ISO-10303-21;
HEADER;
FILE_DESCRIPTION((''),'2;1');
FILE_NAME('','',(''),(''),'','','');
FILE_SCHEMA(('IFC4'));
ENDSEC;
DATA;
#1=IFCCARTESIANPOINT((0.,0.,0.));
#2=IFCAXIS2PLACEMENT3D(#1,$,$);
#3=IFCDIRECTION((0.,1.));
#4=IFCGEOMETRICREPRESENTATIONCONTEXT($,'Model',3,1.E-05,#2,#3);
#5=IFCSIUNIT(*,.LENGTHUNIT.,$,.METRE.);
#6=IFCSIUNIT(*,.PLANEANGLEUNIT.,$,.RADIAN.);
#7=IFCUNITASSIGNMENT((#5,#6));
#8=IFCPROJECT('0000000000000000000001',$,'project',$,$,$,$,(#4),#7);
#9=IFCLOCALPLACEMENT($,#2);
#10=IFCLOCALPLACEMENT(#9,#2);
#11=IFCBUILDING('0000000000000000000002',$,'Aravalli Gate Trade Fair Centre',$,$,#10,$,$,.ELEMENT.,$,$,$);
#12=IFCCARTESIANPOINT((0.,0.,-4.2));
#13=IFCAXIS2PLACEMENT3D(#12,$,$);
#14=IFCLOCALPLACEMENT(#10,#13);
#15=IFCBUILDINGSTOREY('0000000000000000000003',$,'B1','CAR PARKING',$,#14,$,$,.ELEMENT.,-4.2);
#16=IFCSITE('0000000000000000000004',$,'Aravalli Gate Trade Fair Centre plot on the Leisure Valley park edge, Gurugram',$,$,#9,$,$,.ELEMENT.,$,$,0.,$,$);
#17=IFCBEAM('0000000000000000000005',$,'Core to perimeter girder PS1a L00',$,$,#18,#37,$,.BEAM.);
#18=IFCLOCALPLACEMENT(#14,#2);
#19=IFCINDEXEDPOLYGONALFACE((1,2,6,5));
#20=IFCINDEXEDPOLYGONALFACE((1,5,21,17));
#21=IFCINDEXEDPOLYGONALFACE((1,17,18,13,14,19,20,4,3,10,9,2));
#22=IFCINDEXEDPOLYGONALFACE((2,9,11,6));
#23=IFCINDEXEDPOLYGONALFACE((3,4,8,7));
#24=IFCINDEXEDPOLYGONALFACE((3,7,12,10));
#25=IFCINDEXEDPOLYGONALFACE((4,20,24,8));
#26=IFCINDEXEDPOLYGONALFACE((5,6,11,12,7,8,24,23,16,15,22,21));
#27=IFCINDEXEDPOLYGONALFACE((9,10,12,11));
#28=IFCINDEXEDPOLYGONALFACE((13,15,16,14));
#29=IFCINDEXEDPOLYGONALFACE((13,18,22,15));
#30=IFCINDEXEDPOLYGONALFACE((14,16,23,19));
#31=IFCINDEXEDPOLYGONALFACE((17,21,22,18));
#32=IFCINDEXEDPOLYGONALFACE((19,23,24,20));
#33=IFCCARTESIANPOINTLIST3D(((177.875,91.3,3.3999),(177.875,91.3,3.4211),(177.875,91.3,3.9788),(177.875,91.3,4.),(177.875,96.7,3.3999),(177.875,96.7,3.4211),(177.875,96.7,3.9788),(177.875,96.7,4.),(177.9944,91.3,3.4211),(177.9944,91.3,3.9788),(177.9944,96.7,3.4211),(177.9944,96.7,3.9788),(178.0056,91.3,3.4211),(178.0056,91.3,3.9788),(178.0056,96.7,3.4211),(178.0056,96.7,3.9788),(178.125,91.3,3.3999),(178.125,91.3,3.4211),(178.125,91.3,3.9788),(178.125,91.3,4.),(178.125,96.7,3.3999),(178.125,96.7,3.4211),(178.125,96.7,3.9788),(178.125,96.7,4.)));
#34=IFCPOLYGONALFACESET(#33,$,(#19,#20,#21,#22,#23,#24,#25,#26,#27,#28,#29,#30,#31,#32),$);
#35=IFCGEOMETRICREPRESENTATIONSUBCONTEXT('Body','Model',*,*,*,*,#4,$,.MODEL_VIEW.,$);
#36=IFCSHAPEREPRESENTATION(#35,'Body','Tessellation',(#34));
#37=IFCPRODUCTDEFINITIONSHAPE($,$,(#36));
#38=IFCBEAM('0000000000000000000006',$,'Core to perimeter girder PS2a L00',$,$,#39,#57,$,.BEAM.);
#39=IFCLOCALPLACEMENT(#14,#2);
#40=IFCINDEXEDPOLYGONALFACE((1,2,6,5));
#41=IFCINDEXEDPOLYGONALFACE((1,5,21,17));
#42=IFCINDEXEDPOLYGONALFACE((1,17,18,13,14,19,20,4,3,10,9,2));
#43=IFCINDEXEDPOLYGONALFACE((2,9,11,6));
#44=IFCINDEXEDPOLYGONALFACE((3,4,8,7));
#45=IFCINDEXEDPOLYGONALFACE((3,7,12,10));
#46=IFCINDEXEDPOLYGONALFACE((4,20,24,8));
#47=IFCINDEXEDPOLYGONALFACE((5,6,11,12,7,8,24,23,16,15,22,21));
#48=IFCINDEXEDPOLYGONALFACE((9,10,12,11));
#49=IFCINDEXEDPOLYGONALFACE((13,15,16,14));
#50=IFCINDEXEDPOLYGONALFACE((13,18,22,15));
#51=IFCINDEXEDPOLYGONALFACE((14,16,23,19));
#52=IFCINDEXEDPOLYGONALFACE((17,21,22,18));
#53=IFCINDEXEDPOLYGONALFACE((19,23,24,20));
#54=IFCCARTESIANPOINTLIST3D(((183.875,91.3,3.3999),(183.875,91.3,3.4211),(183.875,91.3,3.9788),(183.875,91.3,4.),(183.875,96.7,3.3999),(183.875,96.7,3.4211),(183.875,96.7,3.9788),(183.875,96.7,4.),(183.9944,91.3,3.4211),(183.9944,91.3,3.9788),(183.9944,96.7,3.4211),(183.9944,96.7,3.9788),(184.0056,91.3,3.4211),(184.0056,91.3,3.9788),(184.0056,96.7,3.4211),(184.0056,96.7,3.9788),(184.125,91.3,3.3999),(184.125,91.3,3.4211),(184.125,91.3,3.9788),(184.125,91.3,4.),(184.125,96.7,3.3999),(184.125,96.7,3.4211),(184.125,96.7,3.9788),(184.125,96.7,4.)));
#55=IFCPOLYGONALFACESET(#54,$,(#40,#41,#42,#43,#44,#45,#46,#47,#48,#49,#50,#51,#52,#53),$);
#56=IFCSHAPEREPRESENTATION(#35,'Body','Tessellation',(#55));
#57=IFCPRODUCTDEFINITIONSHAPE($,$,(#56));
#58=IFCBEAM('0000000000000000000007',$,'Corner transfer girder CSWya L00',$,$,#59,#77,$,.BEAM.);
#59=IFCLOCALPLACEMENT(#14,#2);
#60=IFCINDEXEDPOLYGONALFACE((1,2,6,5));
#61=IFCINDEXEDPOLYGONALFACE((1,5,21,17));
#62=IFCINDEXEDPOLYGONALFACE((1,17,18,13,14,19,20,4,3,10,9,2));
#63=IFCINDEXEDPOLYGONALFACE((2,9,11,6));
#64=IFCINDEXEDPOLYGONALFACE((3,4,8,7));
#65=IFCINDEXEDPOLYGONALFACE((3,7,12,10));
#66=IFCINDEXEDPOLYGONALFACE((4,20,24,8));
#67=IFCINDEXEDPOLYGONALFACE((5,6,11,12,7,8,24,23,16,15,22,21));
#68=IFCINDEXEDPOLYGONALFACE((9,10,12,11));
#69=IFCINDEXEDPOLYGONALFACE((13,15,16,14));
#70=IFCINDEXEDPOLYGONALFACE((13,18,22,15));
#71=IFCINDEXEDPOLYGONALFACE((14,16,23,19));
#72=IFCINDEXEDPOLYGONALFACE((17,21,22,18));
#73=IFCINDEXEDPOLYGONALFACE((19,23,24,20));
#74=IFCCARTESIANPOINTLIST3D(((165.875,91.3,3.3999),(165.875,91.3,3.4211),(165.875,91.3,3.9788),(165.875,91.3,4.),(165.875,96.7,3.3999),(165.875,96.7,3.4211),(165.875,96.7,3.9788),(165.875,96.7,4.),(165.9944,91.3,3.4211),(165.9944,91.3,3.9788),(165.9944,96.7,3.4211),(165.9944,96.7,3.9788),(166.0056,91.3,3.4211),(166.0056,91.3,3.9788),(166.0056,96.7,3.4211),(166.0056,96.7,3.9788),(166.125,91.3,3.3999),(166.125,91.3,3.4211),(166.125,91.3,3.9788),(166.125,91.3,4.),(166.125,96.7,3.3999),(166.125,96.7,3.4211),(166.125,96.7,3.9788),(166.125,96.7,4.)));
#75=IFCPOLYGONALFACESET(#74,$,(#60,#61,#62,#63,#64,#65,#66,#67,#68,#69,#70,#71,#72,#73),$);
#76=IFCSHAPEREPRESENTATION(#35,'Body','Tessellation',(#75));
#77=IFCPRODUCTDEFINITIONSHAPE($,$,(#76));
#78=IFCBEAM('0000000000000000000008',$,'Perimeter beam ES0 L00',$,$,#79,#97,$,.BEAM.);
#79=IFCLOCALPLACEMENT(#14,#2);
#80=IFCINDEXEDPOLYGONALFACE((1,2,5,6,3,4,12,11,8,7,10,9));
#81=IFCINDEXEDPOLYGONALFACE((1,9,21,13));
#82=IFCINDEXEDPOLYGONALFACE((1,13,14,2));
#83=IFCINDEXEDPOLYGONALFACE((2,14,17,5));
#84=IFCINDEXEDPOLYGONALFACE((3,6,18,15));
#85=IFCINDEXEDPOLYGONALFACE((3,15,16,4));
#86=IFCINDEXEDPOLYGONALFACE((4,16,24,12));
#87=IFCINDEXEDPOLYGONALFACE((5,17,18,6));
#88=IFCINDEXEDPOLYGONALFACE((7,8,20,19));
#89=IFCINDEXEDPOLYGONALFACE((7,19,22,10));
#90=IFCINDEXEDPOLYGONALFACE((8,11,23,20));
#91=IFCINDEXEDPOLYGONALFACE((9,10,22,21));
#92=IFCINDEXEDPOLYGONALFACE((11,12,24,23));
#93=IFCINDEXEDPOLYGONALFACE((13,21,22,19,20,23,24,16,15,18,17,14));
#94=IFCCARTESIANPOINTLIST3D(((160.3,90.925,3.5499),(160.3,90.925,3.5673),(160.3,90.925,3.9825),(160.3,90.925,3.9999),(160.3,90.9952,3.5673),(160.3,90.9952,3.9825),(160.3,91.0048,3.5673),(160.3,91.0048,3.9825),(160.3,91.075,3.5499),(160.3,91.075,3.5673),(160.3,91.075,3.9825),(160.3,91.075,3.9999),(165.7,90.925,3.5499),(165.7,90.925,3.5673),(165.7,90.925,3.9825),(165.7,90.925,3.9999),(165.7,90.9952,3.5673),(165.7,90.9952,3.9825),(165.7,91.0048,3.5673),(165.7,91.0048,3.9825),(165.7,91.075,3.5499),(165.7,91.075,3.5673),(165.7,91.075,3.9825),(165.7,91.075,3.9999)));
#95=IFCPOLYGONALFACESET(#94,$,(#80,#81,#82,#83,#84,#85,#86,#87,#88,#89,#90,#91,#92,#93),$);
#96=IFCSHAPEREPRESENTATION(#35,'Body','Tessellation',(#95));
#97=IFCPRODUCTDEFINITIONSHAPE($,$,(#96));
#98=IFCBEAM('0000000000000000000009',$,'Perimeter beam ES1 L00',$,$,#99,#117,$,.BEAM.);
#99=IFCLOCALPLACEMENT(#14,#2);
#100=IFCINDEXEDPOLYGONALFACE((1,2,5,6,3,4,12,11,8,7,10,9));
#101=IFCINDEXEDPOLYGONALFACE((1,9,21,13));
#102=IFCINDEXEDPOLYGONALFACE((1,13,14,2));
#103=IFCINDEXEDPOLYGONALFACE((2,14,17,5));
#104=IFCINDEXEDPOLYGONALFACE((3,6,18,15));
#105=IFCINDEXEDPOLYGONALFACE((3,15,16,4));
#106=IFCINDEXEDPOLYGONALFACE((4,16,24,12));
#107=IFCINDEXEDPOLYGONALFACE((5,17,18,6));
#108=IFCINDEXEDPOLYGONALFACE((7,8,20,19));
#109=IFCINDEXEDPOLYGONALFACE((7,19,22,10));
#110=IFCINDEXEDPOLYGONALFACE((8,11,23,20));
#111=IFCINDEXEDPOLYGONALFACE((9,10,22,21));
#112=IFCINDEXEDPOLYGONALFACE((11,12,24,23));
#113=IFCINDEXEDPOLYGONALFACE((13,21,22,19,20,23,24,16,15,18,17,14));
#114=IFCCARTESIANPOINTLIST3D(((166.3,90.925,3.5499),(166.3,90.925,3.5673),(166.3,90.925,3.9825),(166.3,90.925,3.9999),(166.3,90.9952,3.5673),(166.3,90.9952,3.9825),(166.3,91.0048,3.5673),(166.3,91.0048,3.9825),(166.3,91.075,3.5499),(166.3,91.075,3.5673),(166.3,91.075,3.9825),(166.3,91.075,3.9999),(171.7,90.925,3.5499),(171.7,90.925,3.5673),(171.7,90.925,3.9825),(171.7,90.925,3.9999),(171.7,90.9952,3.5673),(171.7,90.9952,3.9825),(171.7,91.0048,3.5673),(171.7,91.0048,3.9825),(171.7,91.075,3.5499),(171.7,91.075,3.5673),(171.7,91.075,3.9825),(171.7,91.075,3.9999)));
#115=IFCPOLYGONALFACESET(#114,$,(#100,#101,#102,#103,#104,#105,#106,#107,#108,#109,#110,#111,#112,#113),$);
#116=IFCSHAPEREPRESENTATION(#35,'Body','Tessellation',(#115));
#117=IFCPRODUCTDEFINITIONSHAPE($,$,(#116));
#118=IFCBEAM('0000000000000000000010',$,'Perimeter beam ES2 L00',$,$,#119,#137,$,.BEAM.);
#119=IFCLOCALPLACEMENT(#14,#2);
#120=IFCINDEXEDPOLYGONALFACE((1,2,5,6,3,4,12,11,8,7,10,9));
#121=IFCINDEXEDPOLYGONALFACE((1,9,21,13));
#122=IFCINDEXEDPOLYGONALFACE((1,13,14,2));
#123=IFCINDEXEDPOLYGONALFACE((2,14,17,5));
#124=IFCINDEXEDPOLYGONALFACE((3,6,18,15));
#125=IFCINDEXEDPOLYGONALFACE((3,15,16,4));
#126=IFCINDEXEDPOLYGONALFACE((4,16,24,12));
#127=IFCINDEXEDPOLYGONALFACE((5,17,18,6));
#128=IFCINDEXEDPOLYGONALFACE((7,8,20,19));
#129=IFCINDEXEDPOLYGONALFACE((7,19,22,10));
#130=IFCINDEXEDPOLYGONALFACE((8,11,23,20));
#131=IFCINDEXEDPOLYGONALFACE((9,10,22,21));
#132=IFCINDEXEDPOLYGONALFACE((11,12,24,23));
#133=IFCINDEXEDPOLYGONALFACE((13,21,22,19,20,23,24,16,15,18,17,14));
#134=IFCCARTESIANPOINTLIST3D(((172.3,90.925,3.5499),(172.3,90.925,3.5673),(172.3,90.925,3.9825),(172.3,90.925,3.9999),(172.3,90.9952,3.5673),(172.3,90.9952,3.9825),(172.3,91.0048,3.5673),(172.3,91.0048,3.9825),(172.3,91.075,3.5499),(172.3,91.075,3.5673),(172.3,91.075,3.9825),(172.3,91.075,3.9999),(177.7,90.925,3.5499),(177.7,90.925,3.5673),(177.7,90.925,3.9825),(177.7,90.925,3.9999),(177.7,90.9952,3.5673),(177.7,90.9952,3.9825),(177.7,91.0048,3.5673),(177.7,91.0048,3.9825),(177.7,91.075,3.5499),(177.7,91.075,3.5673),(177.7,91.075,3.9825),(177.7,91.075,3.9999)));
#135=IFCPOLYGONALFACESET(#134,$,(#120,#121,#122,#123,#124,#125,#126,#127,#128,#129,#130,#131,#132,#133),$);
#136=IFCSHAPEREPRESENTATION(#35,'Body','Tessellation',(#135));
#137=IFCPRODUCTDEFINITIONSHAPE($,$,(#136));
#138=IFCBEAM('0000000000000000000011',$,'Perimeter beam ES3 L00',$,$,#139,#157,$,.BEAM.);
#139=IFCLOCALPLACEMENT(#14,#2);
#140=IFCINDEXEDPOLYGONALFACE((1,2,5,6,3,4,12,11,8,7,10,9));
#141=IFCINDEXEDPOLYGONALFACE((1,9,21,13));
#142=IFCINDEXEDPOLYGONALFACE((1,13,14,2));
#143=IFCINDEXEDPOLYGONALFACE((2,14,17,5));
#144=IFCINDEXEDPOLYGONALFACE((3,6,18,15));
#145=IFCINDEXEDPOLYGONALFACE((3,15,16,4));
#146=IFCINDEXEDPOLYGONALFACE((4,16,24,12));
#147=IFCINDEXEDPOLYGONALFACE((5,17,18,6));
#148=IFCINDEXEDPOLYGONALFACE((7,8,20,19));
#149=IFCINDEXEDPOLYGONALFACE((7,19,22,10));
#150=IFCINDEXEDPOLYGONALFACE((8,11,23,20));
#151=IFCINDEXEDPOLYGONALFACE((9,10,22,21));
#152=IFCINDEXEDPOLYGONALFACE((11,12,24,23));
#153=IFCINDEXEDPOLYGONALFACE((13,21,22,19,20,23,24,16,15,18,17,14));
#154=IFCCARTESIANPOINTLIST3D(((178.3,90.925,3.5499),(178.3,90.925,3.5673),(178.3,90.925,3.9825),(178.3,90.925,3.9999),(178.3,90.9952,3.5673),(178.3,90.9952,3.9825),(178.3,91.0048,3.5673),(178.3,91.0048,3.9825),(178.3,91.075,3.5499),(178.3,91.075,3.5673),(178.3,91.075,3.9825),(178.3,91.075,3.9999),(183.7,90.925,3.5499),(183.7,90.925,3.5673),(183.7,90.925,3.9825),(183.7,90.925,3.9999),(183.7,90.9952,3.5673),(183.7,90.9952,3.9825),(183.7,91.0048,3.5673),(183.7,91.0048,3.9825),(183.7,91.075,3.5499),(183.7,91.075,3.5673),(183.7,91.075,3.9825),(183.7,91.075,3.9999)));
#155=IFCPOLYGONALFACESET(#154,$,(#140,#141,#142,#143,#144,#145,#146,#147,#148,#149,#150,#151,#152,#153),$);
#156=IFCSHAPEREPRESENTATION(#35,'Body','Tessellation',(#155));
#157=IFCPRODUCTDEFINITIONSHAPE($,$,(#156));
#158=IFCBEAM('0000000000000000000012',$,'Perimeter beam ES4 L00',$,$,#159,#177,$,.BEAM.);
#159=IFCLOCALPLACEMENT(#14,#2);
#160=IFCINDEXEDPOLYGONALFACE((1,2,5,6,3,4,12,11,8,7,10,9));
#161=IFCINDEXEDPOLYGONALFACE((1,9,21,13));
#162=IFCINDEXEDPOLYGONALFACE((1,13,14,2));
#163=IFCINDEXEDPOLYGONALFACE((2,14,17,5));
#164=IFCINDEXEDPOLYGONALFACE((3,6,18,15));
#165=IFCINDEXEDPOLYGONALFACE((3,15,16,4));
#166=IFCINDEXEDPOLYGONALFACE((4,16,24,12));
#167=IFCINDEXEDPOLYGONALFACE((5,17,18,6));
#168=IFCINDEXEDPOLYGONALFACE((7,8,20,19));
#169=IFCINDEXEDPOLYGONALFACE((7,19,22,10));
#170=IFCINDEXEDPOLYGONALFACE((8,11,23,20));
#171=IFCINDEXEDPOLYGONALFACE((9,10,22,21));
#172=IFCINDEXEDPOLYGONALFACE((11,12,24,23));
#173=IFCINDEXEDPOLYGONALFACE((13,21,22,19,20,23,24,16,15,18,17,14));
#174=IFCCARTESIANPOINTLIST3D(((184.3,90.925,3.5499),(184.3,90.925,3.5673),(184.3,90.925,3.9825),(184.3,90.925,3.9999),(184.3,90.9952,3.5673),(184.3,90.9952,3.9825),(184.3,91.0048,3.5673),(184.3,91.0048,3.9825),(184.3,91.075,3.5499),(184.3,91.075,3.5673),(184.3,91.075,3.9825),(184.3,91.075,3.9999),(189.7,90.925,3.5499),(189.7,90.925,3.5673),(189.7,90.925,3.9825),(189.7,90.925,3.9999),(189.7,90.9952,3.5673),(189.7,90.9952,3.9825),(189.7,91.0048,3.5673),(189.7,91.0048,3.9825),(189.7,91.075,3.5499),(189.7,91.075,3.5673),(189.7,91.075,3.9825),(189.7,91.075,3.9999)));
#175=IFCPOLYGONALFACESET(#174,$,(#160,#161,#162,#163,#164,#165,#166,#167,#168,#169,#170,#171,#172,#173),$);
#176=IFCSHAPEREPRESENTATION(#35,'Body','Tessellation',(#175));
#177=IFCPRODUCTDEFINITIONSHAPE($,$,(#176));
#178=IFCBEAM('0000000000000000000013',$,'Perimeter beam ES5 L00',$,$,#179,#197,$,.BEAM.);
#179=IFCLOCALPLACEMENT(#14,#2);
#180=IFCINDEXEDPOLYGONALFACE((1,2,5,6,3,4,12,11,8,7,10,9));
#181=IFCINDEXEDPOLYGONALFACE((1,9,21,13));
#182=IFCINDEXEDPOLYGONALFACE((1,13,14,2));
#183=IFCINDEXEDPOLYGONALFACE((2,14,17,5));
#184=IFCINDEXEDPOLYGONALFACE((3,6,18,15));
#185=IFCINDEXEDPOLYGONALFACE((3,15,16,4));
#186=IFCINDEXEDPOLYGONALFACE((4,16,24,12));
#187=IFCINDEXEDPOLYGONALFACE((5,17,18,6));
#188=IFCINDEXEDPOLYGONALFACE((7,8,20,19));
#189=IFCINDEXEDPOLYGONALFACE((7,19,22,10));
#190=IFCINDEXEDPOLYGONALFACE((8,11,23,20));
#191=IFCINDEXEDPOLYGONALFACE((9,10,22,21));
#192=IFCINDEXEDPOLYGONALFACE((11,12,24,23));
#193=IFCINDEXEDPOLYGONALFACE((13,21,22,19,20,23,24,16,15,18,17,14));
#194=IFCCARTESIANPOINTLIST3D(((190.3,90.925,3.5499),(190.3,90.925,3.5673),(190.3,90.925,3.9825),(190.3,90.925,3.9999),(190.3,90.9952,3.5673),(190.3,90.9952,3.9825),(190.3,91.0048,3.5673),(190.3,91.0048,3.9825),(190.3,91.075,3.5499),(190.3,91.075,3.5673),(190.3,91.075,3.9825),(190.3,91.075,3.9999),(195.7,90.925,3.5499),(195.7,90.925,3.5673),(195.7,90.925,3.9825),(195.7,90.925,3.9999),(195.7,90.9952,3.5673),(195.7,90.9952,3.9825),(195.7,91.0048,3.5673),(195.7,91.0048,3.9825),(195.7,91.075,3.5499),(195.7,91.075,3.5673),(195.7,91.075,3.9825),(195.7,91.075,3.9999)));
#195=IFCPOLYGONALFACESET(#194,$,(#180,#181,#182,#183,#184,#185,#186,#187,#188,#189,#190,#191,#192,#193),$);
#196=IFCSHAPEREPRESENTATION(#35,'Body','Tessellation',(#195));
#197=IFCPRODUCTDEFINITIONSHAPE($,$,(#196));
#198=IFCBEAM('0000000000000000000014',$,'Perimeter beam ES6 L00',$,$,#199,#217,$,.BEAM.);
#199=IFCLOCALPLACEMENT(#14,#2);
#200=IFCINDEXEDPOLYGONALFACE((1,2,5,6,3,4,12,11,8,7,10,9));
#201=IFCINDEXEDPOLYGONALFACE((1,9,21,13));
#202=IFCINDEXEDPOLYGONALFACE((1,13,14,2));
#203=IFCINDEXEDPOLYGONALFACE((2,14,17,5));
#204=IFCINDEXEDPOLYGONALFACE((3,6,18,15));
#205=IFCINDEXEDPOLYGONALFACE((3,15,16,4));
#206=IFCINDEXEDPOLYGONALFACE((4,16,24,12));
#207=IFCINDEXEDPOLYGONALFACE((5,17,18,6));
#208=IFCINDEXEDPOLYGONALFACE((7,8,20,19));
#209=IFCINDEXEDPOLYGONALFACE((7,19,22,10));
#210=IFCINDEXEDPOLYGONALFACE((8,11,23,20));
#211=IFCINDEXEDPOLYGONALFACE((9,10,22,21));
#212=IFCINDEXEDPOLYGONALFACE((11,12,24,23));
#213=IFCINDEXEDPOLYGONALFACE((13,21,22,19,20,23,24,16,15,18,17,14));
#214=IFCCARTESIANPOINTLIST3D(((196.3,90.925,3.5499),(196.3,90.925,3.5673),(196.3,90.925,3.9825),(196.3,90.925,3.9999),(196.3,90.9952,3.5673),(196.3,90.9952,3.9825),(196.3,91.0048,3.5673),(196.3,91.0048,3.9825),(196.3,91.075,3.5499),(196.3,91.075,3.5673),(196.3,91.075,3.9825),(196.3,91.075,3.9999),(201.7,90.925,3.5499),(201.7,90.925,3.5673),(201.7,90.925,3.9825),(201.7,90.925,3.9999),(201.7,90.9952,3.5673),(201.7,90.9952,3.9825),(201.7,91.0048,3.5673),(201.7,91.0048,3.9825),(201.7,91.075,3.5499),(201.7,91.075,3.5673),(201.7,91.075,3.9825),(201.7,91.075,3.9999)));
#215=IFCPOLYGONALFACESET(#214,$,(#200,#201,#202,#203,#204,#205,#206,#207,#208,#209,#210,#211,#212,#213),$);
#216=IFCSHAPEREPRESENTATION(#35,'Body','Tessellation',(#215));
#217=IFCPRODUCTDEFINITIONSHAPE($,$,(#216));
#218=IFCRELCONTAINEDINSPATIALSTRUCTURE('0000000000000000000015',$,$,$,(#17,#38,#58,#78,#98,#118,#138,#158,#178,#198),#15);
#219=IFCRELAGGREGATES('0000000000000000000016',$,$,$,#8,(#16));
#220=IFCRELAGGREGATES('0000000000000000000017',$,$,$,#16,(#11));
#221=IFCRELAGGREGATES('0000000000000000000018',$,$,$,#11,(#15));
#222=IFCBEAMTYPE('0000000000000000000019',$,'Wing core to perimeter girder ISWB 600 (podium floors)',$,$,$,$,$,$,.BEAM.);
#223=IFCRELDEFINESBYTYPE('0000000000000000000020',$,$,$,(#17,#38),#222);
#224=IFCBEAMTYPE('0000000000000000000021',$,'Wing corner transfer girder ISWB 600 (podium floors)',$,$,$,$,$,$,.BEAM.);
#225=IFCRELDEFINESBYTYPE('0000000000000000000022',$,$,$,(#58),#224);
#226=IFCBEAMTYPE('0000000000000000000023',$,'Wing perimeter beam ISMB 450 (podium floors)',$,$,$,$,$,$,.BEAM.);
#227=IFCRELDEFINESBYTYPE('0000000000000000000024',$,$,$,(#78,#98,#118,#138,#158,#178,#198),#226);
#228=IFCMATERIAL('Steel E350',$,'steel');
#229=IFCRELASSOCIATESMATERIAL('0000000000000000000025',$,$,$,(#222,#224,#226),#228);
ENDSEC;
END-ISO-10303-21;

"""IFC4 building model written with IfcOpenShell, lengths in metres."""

from ifc_helpers import new_model, si_unit, direction, frame, origin, origin_2d, place, context, subcontext, project, spatial, i_section, extrude, material, material_profile, profile_set, type_object, element, save


model = new_model("IFC4")

# Units and contexts
model_context = context("Model", 3, precision=1e-05, world=origin(), true_north=direction((0.0, 1.0)))
body_context = subcontext(model_context, "Body", "Model", "MODEL_VIEW")
ifc_project = project(units=[si_unit("LENGTHUNIT", "METRE"), si_unit("PLANEANGLEUNIT", "RADIAN")], contexts=[model_context])

# Site, building, storey
site_placement = place(None, origin())
site = spatial("IfcSite", under=ifc_project, at=site_placement, Name="Aravalli Gate Trade Fair Centre plot on the Leisure Valley park edge, Gurugram", CompositionType="ELEMENT", RefElevation=0.0)
building_placement = place(site_placement, origin())
building = spatial("IfcBuilding", under=site, at=building_placement, Name="Aravalli Gate Trade Fair Centre", CompositionType="ELEMENT")
storey_placement = place(building_placement, frame((0.0, 0.0, -4.2)))
storey = spatial("IfcBuildingStorey", under=building, at=storey_placement, Name="B1", Description="CAR PARKING", CompositionType="ELEMENT", Elevation=-4.2)

# Shared definitions
ifc_material_1 = material(Name="Steel E350", Category="steel")

# Beams
ifc_material_profile_1 = material_profile(ifc_material_1, i_section(OverallWidth=0.25, OverallDepth=0.6001, WebThickness=0.0112, FlangeThickness=0.0212, at=origin_2d()), Name="ISWB 600")
ifc_profile_set_1 = profile_set([ifc_material_profile_1], Name="Steel E350")
beam_type_1 = type_object("IfcBeamType", Name="Wing core to perimeter girder ISWB 600 (podium floors)", PredefinedType="BEAM", material=ifc_profile_set_1)
for number, where, z_axis, x_axis, name in (
    (1, (178.0, 91.3, 3.7), (0.0, 1.0, 0.0), (-1.0, 0.0, 0.0), "Core to perimeter girder PS1a L00"),
    (2, (184.0, 91.3, 3.7), (0.0, 1.0, 0.0), (-1.0, 0.0, 0.0), "Core to perimeter girder PS2a L00"),
):
    element("IfcBeam", number, at=place(storey_placement, frame(where, z_axis=z_axis, x_axis=x_axis)), inside=storey, type_object=beam_type_1, Name=name, PredefinedType="BEAM", context=body_context, shape_type="SweptSolid", body=[
        extrude(i_section(OverallWidth=0.25, OverallDepth=0.6001, WebThickness=0.0112, FlangeThickness=0.0212, at=origin_2d()), origin(), (0.0, 0.0, 1.0), 5.3999),
    ])
ifc_material_profile_2 = material_profile(ifc_material_1, i_section(OverallWidth=0.25, OverallDepth=0.6001, WebThickness=0.0112, FlangeThickness=0.0212, at=origin_2d()), Name="ISWB 600")
ifc_profile_set_2 = profile_set([ifc_material_profile_2], Name="Steel E350")
beam_type_2 = type_object("IfcBeamType", Name="Wing corner transfer girder ISWB 600 (podium floors)", PredefinedType="BEAM", material=ifc_profile_set_2)
beam_placement = place(storey_placement, frame((166.0, 91.3, 3.7), z_axis=(0.0, 1.0, 0.0), x_axis=(-1.0, 0.0, 0.0)))
element("IfcBeam", 3, at=beam_placement, inside=storey, type_object=beam_type_2, Name="Corner transfer girder CSWya L00", PredefinedType="BEAM", context=body_context, shape_type="SweptSolid", body=[
    extrude(i_section(OverallWidth=0.25, OverallDepth=0.6001, WebThickness=0.0112, FlangeThickness=0.0212, at=origin_2d()), origin(), (0.0, 0.0, 1.0), 5.3999),
])
ifc_material_profile_3 = material_profile(ifc_material_1, i_section(OverallWidth=0.1499, OverallDepth=0.45, WebThickness=0.0095, FlangeThickness=0.0173, at=origin_2d()), Name="ISMB 450")
ifc_profile_set_3 = profile_set([ifc_material_profile_3], Name="Steel E350")
beam_type_3 = type_object("IfcBeamType", Name="Wing perimeter beam ISMB 450 (podium floors)", PredefinedType="BEAM", material=ifc_profile_set_3)
for number, where, z_axis, x_axis, name in (
    (4, (160.3, 91.0, 3.7749), (1.0, 0.0, 0.0), (0.0, 1.0, 0.0), "Perimeter beam ES0 L00"),
    (5, (166.3, 91.0, 3.7749), (1.0, 0.0, 0.0), (0.0, 1.0, 0.0), "Perimeter beam ES1 L00"),
    (6, (172.3, 91.0, 3.7749), (1.0, 0.0, 0.0), (0.0, 1.0, 0.0), "Perimeter beam ES2 L00"),
    (7, (178.3, 91.0, 3.7749), (1.0, 0.0, 0.0), (0.0, 1.0, 0.0), "Perimeter beam ES3 L00"),
    (8, (184.3, 91.0, 3.7749), (1.0, 0.0, 0.0), (0.0, 1.0, 0.0), "Perimeter beam ES4 L00"),
    (9, (190.3, 91.0, 3.7749), (1.0, 0.0, 0.0), (0.0, 1.0, 0.0), "Perimeter beam ES5 L00"),
    (10, (196.3, 91.0, 3.7749), (1.0, 0.0, 0.0), (0.0, 1.0, 0.0), "Perimeter beam ES6 L00"),
):
    element("IfcBeam", number, at=place(storey_placement, frame(where, z_axis=z_axis, x_axis=x_axis)), inside=storey, type_object=beam_type_3, Name=name, PredefinedType="BEAM", context=body_context, shape_type="SweptSolid", body=[
        extrude(i_section(OverallWidth=0.1499, OverallDepth=0.45, WebThickness=0.0095, FlangeThickness=0.0173, at=origin_2d()), origin(), (0.0, 0.0, 1.0), 5.3999),
    ])

save(model, "model.ifc")
